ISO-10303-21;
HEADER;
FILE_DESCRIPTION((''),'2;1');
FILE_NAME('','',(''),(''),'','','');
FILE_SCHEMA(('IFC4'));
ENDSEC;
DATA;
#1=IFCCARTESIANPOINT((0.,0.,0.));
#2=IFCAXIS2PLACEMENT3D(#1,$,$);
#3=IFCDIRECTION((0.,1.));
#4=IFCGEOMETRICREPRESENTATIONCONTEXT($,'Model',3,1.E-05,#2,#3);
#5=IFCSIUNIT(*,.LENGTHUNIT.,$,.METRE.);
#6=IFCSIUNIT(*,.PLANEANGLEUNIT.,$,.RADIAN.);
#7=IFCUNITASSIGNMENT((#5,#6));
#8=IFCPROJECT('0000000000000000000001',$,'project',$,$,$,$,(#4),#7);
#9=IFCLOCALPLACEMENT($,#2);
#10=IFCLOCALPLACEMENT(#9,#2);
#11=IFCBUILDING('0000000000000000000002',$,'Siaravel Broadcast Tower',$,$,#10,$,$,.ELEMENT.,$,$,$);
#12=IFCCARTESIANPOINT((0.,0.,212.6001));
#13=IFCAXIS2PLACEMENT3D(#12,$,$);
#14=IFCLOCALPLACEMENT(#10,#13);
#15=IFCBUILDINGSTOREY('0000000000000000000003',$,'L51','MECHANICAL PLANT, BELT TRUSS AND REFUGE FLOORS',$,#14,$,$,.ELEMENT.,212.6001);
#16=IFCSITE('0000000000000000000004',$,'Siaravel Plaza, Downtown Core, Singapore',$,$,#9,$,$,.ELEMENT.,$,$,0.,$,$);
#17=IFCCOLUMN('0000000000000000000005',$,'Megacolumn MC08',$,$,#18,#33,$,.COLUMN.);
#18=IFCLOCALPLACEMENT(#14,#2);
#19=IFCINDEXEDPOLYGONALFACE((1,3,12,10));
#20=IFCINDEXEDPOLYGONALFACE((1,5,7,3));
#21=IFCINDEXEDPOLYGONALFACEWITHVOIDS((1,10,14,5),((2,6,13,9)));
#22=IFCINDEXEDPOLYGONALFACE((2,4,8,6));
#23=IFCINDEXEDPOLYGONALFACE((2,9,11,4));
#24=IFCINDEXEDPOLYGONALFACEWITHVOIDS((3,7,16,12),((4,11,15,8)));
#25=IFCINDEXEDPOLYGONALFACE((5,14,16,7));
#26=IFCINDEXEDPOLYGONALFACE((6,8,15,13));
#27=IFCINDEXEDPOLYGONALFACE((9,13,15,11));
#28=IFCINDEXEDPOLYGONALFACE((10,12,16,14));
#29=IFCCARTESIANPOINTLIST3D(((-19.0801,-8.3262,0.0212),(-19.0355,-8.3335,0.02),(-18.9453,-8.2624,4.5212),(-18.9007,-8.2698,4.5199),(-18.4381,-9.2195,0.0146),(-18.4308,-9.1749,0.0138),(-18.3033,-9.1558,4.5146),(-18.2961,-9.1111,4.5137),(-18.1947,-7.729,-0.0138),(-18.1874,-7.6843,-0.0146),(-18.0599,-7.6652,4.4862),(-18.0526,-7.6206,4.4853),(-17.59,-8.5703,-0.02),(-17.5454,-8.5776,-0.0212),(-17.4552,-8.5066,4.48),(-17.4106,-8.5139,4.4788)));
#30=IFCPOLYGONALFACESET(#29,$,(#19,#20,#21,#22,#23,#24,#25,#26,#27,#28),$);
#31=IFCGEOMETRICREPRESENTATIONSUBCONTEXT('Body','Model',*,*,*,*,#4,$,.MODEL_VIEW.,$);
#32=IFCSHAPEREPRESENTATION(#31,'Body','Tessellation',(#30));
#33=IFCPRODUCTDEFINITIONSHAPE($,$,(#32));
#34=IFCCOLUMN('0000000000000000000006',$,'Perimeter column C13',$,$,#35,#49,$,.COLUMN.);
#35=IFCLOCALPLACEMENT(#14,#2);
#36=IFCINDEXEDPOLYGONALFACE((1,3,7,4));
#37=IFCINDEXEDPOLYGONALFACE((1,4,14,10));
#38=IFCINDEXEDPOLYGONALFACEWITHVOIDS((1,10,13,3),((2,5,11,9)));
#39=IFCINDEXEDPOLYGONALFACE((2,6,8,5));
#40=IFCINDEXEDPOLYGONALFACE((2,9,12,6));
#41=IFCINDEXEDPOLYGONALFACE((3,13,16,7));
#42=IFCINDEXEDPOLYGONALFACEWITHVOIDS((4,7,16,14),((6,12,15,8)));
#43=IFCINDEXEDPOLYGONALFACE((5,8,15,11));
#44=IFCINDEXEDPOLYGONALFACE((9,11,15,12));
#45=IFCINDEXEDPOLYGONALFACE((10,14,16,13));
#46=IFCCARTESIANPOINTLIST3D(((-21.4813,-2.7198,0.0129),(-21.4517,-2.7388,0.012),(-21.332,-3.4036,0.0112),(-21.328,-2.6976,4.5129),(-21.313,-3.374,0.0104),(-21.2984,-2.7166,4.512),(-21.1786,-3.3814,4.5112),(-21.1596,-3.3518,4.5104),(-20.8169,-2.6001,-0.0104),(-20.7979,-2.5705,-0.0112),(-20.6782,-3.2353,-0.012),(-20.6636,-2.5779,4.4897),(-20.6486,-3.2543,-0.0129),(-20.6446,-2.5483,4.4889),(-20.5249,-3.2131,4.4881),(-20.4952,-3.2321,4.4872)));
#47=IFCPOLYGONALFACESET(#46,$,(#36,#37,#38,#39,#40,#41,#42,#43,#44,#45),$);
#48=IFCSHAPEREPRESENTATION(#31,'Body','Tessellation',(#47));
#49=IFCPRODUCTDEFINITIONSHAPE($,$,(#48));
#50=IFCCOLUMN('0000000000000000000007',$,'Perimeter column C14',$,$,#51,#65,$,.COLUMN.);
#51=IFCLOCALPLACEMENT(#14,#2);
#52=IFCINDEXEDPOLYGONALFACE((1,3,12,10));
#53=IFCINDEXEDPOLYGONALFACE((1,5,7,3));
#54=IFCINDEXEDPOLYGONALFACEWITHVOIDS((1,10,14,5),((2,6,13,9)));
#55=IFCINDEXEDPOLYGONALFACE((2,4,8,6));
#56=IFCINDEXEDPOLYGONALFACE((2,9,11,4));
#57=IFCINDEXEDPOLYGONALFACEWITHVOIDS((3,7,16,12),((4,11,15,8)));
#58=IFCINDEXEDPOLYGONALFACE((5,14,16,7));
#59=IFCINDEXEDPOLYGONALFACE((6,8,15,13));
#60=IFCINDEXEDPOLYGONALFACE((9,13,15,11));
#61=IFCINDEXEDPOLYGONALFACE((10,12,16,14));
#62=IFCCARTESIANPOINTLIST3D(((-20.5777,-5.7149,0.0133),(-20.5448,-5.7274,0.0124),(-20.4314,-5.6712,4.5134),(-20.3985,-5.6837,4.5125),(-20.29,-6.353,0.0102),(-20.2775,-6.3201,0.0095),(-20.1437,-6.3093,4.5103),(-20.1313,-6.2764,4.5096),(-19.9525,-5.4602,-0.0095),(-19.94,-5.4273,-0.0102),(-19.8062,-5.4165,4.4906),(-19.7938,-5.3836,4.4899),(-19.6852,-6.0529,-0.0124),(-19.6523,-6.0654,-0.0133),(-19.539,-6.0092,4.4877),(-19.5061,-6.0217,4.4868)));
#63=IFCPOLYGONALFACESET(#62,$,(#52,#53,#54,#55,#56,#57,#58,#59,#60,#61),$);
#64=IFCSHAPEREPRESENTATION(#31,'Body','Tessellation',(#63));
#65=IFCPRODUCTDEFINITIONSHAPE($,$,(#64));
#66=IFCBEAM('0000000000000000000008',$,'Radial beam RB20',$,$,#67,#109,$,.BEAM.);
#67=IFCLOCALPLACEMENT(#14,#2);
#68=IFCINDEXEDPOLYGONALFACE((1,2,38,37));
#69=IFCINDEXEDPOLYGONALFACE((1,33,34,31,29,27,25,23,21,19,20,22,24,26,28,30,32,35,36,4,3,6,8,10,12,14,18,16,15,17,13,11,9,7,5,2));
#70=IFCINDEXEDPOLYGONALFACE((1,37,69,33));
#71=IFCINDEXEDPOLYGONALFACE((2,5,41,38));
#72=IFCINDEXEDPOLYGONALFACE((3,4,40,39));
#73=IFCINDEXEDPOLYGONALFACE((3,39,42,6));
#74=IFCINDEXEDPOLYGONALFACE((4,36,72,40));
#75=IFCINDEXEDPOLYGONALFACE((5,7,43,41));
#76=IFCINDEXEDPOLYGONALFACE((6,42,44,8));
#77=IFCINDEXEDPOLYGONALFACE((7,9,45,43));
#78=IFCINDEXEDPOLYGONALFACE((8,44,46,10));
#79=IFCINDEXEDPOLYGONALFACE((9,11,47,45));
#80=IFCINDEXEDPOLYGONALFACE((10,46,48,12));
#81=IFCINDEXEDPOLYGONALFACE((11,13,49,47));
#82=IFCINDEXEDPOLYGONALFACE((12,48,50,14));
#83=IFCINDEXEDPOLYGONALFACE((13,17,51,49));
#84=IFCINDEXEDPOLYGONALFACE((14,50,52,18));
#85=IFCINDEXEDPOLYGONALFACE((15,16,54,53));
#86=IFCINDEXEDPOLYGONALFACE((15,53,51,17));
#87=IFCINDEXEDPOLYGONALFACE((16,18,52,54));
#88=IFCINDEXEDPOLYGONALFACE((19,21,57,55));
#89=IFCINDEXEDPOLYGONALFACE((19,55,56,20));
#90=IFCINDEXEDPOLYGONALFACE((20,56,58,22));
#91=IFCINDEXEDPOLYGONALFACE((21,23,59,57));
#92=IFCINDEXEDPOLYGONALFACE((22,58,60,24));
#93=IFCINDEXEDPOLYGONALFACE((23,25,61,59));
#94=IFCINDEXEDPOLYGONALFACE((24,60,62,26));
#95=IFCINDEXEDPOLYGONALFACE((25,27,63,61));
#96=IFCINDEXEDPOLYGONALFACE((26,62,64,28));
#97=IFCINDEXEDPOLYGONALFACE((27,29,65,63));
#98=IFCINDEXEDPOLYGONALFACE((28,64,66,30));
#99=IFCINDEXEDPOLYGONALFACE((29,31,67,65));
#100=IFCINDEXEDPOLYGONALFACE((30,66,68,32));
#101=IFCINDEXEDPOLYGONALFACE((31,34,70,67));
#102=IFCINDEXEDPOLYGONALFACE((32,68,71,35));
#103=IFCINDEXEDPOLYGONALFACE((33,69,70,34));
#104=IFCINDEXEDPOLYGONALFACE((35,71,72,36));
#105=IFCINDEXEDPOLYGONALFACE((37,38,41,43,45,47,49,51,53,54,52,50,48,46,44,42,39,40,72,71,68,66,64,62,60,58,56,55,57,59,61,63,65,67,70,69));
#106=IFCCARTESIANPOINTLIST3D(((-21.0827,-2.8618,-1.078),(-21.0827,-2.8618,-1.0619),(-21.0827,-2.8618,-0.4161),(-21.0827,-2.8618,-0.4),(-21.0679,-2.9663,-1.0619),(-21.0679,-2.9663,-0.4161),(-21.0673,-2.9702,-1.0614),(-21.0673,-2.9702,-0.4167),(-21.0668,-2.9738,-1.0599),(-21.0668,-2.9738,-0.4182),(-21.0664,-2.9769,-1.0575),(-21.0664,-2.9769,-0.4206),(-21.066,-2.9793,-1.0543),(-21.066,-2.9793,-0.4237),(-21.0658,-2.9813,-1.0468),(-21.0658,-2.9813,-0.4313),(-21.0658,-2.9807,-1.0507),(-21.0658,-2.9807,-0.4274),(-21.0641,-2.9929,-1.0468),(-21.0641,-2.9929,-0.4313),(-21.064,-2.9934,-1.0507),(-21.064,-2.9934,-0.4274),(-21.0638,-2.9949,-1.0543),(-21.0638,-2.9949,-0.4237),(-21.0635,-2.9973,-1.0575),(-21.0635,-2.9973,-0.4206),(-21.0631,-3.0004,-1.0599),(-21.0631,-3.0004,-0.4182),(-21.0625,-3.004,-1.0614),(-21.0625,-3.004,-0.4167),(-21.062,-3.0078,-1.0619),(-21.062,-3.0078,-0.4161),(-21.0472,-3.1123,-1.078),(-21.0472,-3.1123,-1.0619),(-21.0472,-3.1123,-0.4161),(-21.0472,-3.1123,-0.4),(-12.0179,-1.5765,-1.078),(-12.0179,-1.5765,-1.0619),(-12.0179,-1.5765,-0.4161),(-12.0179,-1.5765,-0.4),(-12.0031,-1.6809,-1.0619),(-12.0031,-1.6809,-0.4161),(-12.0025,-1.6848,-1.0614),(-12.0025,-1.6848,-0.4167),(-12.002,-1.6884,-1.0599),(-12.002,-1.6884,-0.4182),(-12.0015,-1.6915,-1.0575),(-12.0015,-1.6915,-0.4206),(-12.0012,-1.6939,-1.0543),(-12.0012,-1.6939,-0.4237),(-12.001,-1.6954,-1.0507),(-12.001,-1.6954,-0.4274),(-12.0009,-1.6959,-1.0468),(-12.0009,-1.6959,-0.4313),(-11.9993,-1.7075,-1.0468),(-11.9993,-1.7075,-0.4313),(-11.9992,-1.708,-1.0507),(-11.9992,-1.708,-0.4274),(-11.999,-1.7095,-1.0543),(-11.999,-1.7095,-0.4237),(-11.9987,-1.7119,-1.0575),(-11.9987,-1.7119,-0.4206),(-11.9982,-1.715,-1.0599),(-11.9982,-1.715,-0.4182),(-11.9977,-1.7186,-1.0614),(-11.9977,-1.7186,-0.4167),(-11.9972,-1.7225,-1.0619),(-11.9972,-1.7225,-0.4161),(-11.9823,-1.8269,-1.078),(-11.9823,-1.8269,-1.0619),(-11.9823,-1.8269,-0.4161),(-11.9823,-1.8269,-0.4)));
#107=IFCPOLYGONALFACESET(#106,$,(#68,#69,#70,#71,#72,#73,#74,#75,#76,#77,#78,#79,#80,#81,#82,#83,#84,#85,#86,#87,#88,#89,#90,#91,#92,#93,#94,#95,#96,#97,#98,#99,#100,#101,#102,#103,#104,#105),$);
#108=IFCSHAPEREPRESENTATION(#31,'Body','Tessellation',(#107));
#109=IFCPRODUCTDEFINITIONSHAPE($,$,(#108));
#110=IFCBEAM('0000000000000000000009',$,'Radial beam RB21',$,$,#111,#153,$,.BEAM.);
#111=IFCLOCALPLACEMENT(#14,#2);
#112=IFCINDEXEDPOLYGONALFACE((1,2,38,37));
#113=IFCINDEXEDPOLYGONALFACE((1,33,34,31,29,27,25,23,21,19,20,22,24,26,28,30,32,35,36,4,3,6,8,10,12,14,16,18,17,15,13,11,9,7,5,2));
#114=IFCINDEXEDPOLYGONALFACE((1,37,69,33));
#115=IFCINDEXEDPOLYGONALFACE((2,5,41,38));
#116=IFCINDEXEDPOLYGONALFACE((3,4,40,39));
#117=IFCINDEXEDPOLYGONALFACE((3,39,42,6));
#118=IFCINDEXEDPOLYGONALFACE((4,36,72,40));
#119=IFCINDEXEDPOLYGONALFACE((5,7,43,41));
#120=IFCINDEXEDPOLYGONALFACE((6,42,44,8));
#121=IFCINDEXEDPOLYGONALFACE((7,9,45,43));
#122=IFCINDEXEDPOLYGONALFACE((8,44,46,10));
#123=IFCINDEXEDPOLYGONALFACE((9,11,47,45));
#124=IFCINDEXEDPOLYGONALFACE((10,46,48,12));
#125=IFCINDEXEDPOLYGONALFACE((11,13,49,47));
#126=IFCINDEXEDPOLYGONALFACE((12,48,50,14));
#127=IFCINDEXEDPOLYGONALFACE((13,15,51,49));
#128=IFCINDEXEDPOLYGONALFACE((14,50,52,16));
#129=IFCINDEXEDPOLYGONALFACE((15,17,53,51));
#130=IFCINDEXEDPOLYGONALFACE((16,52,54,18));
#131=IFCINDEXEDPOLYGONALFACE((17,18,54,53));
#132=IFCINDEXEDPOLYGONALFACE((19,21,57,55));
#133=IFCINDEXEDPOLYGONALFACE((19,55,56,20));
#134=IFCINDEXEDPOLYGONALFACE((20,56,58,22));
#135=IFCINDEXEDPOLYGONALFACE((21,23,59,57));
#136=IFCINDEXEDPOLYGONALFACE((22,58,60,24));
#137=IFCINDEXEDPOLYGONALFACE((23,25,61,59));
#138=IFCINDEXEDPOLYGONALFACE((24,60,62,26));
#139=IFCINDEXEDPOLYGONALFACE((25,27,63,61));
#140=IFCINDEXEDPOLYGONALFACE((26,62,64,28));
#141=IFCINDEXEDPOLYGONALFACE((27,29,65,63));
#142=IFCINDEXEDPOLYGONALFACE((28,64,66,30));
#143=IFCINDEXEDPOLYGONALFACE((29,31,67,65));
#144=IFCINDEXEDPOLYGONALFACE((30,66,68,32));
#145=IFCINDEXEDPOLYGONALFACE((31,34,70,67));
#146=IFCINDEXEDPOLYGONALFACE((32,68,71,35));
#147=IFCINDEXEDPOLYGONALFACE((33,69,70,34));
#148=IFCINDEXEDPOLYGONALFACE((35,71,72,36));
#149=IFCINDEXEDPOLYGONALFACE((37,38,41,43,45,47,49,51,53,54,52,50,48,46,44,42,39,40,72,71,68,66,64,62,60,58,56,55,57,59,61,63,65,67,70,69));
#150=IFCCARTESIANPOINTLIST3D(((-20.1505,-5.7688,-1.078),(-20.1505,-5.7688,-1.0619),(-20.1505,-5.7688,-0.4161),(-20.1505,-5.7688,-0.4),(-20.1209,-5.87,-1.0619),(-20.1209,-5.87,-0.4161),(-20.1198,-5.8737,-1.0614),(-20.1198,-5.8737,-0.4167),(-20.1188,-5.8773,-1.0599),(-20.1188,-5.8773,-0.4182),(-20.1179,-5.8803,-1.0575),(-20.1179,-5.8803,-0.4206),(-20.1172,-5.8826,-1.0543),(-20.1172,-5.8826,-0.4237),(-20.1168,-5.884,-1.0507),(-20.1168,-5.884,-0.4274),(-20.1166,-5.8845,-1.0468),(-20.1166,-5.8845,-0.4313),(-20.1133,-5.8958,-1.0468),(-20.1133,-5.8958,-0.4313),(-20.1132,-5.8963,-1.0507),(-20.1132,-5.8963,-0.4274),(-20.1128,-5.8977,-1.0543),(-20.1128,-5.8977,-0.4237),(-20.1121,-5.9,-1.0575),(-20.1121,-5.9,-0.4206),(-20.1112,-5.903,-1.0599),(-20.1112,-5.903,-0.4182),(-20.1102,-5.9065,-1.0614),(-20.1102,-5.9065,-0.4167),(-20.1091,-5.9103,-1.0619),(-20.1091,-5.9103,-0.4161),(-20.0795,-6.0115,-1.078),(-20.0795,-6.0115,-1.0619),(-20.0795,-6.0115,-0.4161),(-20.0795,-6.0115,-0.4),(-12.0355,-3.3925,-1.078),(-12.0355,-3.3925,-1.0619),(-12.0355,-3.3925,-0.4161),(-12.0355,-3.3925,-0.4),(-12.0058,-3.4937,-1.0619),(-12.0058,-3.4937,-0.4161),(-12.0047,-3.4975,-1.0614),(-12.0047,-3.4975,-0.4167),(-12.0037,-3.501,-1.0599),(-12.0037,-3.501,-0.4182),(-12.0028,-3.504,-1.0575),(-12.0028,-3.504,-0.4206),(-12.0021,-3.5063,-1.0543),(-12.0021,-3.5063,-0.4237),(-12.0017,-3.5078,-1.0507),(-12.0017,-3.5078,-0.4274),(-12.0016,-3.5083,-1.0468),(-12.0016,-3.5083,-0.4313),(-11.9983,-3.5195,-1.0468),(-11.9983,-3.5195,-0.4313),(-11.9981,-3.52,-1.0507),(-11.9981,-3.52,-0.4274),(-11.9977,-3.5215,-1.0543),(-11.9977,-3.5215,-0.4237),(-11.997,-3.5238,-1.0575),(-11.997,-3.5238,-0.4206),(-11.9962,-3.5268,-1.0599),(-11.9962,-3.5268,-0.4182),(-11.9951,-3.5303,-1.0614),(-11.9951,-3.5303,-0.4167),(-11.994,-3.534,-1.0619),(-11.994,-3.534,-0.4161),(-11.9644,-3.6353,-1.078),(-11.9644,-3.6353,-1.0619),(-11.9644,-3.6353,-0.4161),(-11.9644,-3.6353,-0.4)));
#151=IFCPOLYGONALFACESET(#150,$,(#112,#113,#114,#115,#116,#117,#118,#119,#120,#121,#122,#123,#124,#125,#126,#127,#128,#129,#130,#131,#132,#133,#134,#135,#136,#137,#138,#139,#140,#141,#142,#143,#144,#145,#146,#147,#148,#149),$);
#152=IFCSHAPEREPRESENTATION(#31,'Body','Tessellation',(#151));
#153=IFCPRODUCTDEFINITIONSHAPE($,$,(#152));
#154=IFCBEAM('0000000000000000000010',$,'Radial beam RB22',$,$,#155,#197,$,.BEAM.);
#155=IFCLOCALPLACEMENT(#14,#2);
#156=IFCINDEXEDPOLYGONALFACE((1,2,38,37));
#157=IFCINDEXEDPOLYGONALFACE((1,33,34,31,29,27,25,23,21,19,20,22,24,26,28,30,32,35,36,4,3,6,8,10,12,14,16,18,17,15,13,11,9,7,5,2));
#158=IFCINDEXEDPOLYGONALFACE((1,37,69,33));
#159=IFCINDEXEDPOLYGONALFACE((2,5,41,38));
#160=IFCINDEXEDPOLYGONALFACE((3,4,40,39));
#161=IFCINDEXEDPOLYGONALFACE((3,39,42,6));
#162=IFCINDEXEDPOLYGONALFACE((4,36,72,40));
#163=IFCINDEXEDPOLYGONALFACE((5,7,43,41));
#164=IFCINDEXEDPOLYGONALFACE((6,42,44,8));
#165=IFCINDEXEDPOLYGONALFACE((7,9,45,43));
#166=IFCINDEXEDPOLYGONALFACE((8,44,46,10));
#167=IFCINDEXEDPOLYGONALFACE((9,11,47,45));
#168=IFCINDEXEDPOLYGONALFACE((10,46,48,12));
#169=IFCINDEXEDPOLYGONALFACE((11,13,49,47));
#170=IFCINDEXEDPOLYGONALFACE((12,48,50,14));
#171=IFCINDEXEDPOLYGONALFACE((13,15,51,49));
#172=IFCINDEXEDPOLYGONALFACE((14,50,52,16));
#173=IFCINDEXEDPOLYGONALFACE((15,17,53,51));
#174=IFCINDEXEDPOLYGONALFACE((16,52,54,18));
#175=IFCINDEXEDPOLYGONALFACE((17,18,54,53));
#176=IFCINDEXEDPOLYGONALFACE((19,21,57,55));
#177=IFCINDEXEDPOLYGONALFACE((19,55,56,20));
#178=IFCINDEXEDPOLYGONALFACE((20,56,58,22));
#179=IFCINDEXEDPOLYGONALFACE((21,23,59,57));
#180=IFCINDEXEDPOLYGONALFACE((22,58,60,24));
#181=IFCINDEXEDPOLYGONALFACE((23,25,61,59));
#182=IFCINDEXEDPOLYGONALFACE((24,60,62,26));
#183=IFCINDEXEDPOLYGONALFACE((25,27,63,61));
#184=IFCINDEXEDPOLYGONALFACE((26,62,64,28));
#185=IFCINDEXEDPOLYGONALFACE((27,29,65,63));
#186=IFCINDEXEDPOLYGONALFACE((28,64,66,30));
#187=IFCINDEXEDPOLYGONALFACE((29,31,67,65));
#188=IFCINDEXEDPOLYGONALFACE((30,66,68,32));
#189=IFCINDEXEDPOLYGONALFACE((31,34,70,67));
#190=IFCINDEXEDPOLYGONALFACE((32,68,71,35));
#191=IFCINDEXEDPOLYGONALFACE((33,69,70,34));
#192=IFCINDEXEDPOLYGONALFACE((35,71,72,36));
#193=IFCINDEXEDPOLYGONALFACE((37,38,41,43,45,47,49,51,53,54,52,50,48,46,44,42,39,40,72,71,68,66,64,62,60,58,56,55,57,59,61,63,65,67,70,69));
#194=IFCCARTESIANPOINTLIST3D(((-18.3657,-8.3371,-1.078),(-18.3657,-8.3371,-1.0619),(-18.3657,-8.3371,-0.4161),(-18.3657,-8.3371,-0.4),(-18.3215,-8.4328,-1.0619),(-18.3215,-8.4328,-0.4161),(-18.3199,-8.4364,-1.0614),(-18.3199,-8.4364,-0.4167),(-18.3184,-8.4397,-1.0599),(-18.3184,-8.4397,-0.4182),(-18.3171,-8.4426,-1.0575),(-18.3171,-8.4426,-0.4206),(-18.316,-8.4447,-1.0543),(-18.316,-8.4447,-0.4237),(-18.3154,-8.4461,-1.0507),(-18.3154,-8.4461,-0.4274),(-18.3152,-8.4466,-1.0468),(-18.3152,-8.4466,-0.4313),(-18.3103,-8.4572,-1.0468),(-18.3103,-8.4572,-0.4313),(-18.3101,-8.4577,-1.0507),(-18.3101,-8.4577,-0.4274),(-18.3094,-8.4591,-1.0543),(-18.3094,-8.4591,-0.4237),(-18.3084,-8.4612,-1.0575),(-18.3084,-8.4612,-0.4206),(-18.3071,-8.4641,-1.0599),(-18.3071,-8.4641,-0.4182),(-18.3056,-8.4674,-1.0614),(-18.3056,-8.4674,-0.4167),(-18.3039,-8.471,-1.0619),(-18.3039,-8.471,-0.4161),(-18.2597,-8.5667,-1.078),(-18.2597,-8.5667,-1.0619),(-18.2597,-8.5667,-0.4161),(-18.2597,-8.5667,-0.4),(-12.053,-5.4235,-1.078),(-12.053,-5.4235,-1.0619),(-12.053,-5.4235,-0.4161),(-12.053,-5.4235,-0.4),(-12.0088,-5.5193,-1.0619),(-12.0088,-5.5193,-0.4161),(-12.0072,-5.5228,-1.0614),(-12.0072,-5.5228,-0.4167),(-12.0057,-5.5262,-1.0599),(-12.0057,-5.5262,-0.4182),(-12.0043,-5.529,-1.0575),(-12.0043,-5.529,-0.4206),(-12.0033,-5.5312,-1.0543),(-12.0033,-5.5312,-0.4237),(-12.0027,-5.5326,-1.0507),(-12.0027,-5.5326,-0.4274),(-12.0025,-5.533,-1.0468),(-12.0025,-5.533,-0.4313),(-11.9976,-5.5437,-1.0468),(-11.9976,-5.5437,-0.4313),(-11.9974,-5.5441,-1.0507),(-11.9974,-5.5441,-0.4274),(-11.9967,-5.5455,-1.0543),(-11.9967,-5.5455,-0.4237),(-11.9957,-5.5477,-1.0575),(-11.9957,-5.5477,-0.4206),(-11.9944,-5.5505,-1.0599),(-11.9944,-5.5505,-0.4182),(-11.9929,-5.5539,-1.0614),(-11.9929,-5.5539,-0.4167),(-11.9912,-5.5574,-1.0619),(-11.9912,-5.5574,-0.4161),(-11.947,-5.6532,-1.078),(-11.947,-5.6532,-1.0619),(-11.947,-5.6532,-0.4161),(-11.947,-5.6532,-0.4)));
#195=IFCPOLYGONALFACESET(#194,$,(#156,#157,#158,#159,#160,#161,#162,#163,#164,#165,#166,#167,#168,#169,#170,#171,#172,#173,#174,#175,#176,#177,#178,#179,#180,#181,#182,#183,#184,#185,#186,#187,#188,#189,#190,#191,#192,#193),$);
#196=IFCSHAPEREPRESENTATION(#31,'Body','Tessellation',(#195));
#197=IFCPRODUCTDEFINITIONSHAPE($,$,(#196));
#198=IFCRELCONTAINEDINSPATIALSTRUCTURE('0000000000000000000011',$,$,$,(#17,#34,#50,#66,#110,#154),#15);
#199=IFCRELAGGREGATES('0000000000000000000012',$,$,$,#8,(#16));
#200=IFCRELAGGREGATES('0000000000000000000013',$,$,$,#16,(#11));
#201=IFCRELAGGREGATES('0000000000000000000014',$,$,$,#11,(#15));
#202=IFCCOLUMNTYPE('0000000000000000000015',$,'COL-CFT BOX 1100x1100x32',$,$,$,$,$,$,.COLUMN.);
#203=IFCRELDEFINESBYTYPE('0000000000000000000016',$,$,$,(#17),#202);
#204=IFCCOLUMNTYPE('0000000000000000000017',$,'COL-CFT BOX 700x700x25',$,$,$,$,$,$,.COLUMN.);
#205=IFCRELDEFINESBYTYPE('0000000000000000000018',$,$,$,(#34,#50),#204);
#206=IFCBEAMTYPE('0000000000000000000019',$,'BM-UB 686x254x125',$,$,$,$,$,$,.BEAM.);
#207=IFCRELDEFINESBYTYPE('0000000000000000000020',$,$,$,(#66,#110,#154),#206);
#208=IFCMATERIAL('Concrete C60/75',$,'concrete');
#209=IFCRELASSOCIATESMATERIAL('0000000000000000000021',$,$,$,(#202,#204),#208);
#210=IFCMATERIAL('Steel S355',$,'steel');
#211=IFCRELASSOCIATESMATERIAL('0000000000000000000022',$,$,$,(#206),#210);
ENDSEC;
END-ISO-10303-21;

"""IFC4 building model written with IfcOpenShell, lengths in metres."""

from ifc_helpers import new_model, si_unit, direction, frame, origin, origin_2d, place, context, subcontext, project, spatial, hollow_rectangle, i_section, extrude, material, material_profile, profile_set, type_object, element, save


model = new_model("IFC4")

# Units and contexts
model_context = context("Model", 3, precision=1e-05, world=origin(), true_north=direction((0.0, 1.0)))
body_context = subcontext(model_context, "Body", "Model", "MODEL_VIEW")
ifc_project = project(units=[si_unit("LENGTHUNIT", "METRE"), si_unit("PLANEANGLEUNIT", "RADIAN")], contexts=[model_context])

# Site, building, storey
site_placement = place(None, origin())
site = spatial("IfcSite", under=ifc_project, at=site_placement, Name="Siaravel Plaza, Downtown Core, Singapore", CompositionType="ELEMENT", RefElevation=0.0)
building_placement = place(site_placement, origin())
building = spatial("IfcBuilding", under=site, at=building_placement, Name="Siaravel Broadcast Tower", CompositionType="ELEMENT")
storey_placement = place(building_placement, frame((0.0, 0.0, 212.6001)))
storey = spatial("IfcBuildingStorey", under=building, at=storey_placement, Name="L51", Description="MECHANICAL PLANT, BELT TRUSS AND REFUGE FLOORS", CompositionType="ELEMENT", Elevation=212.6001)

# Columns
ifc_material_1 = material(Name="Concrete C60/75", Category="concrete")
ifc_material_profile_1 = material_profile(ifc_material_1, hollow_rectangle(XDim=1.1001, YDim=1.1001, WallThickness=0.032, at=origin_2d()))
ifc_profile_set_1 = profile_set([ifc_material_profile_1], Name="Concrete C60/75")
column_type_1 = type_object("IfcColumnType", Name="COL-CFT BOX 1100x1100x32", PredefinedType="COLUMN", material=ifc_profile_set_1)
column_placement = place(storey_placement, frame((-18.3127, -8.4519, 0.0), z_axis=(0.029931, 0.014152, 0.999452), x_axis=(-0.583579, 0.812034, 0.005978)))
element("IfcColumn", 1, at=column_placement, inside=storey, type_object=column_type_1, Name="Megacolumn MC08", PredefinedType="COLUMN", context=body_context, shape_type="SweptSolid", body=[
    extrude(hollow_rectangle(XDim=1.1001, YDim=1.1001, WallThickness=0.032, at=origin_2d()), origin(), (0.0, 0.0, 1.0), 4.5024),
])
ifc_material_profile_2 = material_profile(ifc_material_1, hollow_rectangle(XDim=0.7, YDim=0.7, WallThickness=0.0249, at=origin_2d()))
ifc_profile_set_2 = profile_set([ifc_material_profile_2], Name="Concrete C60/75")
column_type_2 = type_object("IfcColumnType", Name="COL-CFT BOX 700x700x25", PredefinedType="COLUMN", material=ifc_profile_set_2)
for number, where, z_axis, x_axis, name in (
    (2, (-21.0649, -2.9871, 0.0), (0.034051, 0.004934, 0.999408), (-0.213381, 0.976966, 0.002447), "Perimeter column C13"),
    (3, (-20.115, -5.8901, 0.0), (0.032479, 0.009706, 0.999425), (-0.41104, 0.911606, 0.004505), "Perimeter column C14"),
):
    element("IfcColumn", number, at=place(storey_placement, frame(where, z_axis=z_axis, x_axis=x_axis)), inside=storey, type_object=column_type_2, Name=name, PredefinedType="COLUMN", context=body_context, shape_type="SweptSolid", body=[
        extrude(hollow_rectangle(XDim=0.7, YDim=0.7, WallThickness=0.0249, at=origin_2d()), origin(), (0.0, 0.0, 1.0), 4.5027),
    ])

# Beams
ifc_material_2 = material(Name="Steel S355", Category="steel")
ifc_material_profile_3 = material_profile(ifc_material_2, i_section(OverallWidth=0.2529, OverallDepth=0.678, WebThickness=0.0117, FlangeThickness=0.0161, FilletRadius=0.0151, at=origin_2d()))
ifc_profile_set_3 = profile_set([ifc_material_profile_3], Name="Steel S355")
beam_type_1 = type_object("IfcBeamType", Name="BM-UB 686x254x125", PredefinedType="BEAM", material=ifc_profile_set_3)
beam_1_placement = place(storey_placement, frame((-21.0649, -2.9871, -0.739), z_axis=(0.990096, 0.140395, 0.0), x_axis=(-0.140395, 0.990096, 0.0)))
element("IfcBeam", 4, at=beam_1_placement, inside=storey, type_object=beam_type_1, Name="Radial beam RB20", PredefinedType="BEAM", context=body_context, shape_type="SweptSolid", body=[
    extrude(i_section(OverallWidth=0.2529, OverallDepth=0.678, WebThickness=0.0117, FlangeThickness=0.0161, FilletRadius=0.0151, at=origin_2d()), origin(), (0.0, 0.0, 1.0), 9.1555),
])
beam_2_placement = place(storey_placement, frame((-20.115, -5.8901, -0.739), z_axis=(0.959702, 0.281019, 0.0), x_axis=(-0.281019, 0.959702, 0.0)))
element("IfcBeam", 5, at=beam_2_placement, inside=storey, type_object=beam_type_1, Name="Radial beam RB21", PredefinedType="BEAM", context=body_context, shape_type="SweptSolid", body=[
    extrude(i_section(OverallWidth=0.2529, OverallDepth=0.678, WebThickness=0.0117, FlangeThickness=0.0161, FilletRadius=0.0151, at=origin_2d()), origin(), (0.0, 0.0, 1.0), 8.4558),
])
beam_3_placement = place(storey_placement, frame((-18.3127, -8.4519, -0.739), z_axis=(0.907959, 0.419058, 0.0), x_axis=(-0.419058, 0.907959, 0.0)))
element("IfcBeam", 6, at=beam_3_placement, inside=storey, type_object=beam_type_1, Name="Radial beam RB22", PredefinedType="BEAM", context=body_context, shape_type="SweptSolid", body=[
    extrude(i_section(OverallWidth=0.2529, OverallDepth=0.678, WebThickness=0.0117, FlangeThickness=0.0161, FilletRadius=0.0151, at=origin_2d()), origin(), (0.0, 0.0, 1.0), 6.9526),
])

save(model, "model.ifc")
